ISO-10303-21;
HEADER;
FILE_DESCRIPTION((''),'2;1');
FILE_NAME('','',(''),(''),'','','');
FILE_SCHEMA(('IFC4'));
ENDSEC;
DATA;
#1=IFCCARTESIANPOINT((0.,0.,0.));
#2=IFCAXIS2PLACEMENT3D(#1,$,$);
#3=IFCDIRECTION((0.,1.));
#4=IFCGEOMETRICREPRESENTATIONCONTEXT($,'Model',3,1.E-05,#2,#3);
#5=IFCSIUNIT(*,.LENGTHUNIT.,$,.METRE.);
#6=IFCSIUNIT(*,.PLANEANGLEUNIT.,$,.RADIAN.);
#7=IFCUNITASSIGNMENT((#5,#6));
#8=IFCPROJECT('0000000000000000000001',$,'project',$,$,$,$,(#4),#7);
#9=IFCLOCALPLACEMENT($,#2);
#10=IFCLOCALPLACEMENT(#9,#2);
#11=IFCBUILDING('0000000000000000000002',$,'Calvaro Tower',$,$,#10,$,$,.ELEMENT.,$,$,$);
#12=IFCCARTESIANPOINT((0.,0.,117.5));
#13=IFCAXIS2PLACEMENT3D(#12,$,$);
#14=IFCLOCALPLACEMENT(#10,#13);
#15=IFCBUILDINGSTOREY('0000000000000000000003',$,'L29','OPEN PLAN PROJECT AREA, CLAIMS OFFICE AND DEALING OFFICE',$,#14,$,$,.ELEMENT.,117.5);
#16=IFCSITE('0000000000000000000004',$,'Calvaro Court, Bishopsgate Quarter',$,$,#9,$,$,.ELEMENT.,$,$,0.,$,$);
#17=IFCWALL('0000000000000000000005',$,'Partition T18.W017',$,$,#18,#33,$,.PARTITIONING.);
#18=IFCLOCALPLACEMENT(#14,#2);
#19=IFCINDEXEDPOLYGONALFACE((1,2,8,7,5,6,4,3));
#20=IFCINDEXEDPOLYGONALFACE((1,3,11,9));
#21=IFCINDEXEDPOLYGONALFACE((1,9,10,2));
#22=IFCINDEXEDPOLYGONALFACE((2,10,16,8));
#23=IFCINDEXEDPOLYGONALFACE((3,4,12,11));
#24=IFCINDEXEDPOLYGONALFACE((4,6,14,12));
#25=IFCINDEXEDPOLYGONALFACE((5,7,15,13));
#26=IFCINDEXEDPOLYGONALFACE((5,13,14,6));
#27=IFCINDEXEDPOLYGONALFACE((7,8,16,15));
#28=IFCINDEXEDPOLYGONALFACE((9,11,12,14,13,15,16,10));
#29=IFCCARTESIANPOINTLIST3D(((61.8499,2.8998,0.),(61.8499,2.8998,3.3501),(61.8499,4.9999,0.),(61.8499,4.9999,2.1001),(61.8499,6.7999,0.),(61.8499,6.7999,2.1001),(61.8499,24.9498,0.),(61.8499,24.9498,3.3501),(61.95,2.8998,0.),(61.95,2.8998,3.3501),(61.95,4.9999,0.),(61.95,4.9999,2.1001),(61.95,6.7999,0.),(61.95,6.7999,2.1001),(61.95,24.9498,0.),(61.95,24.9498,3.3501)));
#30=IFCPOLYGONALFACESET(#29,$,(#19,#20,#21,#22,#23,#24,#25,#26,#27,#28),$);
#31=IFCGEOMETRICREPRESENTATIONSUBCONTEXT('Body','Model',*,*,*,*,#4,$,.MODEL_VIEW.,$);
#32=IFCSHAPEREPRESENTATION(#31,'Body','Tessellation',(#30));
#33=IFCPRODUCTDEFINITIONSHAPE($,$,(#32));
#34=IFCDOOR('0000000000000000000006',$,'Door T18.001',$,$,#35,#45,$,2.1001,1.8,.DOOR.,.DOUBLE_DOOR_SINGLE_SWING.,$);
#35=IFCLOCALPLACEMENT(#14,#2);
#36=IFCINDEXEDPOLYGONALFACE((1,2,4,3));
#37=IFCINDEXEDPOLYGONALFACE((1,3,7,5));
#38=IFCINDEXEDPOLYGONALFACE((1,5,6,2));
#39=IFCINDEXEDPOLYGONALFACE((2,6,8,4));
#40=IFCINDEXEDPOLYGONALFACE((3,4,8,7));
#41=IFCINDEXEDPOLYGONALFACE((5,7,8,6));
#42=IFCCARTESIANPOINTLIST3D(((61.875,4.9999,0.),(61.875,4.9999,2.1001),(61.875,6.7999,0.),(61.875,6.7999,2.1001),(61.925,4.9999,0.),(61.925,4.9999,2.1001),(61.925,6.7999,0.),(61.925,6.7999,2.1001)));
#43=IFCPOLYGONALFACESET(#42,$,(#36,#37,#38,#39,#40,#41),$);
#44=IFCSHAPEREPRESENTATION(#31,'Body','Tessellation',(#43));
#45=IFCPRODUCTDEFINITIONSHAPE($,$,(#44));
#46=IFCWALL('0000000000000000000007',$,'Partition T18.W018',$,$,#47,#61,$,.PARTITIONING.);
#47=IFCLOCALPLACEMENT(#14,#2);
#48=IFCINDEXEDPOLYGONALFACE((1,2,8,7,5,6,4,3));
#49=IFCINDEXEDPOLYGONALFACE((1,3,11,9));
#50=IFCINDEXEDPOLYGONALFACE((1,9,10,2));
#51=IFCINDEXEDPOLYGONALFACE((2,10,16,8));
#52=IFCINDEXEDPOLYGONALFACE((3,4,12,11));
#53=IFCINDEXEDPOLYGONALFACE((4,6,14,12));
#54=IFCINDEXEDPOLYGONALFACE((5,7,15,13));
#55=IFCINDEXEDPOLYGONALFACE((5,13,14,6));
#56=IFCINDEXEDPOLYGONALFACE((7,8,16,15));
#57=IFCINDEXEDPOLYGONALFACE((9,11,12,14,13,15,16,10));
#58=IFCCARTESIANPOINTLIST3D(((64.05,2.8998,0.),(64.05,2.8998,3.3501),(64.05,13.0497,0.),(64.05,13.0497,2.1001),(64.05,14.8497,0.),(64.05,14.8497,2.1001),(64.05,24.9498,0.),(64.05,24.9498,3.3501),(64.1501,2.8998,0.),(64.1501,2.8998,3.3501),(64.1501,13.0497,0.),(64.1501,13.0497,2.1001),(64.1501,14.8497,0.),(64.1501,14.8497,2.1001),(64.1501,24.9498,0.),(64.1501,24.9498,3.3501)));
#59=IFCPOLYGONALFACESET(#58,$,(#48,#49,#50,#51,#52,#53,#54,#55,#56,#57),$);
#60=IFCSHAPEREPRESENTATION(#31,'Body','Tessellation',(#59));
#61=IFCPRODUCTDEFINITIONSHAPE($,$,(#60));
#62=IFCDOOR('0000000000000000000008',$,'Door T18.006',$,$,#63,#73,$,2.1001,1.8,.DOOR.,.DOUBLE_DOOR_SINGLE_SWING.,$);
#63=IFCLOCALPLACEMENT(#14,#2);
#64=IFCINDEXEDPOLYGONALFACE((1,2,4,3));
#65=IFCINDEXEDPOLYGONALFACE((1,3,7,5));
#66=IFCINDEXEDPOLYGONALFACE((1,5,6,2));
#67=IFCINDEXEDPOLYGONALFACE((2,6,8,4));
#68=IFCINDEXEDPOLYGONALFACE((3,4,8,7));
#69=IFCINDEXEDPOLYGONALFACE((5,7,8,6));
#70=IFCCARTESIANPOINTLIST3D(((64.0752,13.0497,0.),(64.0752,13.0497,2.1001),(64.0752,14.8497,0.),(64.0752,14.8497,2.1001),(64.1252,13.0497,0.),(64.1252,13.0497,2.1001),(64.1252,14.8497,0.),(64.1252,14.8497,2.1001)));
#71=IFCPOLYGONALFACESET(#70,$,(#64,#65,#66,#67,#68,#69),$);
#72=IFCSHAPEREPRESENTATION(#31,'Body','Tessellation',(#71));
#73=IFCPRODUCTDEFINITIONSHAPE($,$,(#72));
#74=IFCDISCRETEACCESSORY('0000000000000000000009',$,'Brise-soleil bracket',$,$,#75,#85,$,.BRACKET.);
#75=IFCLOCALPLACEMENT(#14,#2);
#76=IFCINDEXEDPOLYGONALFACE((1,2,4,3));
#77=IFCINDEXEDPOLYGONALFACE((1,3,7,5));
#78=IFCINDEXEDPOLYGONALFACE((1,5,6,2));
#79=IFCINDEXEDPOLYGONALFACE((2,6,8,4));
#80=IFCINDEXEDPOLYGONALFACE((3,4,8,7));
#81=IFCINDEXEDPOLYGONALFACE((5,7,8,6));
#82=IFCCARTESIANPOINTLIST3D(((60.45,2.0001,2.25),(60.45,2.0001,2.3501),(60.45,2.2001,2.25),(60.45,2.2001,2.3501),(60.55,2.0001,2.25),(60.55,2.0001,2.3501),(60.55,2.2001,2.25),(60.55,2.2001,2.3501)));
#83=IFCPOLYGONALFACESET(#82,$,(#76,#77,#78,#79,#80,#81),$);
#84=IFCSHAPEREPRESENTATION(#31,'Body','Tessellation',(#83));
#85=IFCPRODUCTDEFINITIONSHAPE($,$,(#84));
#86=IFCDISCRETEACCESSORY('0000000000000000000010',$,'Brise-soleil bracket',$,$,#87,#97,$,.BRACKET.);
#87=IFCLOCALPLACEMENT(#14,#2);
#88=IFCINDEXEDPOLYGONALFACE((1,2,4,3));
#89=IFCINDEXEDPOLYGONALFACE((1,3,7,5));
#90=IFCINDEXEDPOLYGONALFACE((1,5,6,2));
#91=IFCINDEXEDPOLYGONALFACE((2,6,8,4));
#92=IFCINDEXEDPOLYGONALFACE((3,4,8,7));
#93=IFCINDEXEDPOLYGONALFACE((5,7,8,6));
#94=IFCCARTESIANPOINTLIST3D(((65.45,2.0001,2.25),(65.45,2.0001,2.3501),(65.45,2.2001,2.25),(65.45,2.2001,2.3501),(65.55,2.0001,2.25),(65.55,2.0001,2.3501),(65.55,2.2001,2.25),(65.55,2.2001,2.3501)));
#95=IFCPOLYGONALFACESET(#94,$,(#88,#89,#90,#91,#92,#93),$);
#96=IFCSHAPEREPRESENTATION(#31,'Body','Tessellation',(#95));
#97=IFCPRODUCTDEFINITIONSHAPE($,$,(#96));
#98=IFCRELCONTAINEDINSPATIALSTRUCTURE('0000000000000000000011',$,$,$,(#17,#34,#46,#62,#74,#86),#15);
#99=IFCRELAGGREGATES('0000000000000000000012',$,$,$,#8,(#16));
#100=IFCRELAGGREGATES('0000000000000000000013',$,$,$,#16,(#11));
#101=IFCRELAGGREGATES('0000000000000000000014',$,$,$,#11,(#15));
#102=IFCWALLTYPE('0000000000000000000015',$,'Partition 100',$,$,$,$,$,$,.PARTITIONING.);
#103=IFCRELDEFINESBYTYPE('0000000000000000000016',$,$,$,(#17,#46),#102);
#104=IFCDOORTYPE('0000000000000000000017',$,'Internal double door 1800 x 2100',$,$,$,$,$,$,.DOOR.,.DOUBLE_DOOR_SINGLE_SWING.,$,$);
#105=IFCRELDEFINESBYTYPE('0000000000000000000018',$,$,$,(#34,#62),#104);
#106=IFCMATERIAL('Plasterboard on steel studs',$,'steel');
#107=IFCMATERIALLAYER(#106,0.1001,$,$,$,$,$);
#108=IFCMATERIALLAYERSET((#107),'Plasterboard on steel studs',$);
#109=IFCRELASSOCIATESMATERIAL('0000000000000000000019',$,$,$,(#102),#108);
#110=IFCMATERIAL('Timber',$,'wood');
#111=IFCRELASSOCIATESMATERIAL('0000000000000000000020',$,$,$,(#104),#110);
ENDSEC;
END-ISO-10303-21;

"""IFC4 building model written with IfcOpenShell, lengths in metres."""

from ifc_helpers import new_model, si_unit, direction, frame, frame_2d, origin, origin_2d, place, context, subcontext, project, spatial, rectangle, extrude, material, layer, layer_set, type_object, element, fill, save


model = new_model("IFC4")

# Units and contexts
model_context = context("Model", 3, precision=1e-05, world=origin(), true_north=direction((0.0, 1.0)))
body_context = subcontext(model_context, "Body", "Model", "MODEL_VIEW")
ifc_project = project(units=[si_unit("LENGTHUNIT", "METRE"), si_unit("PLANEANGLEUNIT", "RADIAN")], contexts=[model_context])

# Site, building, storey
site_placement = place(None, origin())
site = spatial("IfcSite", under=ifc_project, at=site_placement, Name="Calvaro Court, Bishopsgate Quarter", CompositionType="ELEMENT", RefElevation=0.0)
building_placement = place(site_placement, origin())
building = spatial("IfcBuilding", under=site, at=building_placement, Name="Calvaro Tower", CompositionType="ELEMENT")
storey_placement = place(building_placement, frame((0.0, 0.0, 117.5)))
storey = spatial("IfcBuildingStorey", under=building, at=storey_placement, Name="L29", Description="OPEN PLAN PROJECT AREA, CLAIMS OFFICE AND DEALING OFFICE", CompositionType="ELEMENT", Elevation=117.5)

# Walls, openings, doors
ifc_material_1 = material(Name="Plasterboard on steel studs", Category="steel")
ifc_layer_1 = layer(ifc_material_1, 0.1001)
ifc_layer_set_1 = layer_set([ifc_layer_1], Name="Plasterboard on steel studs")
wall_type_1 = type_object("IfcWallType", Name="Partition 100", PredefinedType="PARTITIONING", material=ifc_layer_set_1)
wall_1_placement = place(storey_placement, frame((61.8999, 2.8999, 0.0), z_axis=(0.0, 0.0, 1.0), x_axis=(0.0, 1.0, 0.0)))
wall_1 = element("IfcWall", 1, at=wall_1_placement, inside=storey, type_object=wall_type_1, Name="Partition T18.W017", PredefinedType="PARTITIONING", context=body_context, shape_type="SweptSolid", body=[
    extrude(rectangle(XDim=22.05, YDim=0.1001, at=frame_2d((11.0249, 0.0))), origin(), (0.0, 0.0, 1.0), 3.3501),
])
opening_1_placement = place(wall_1_placement, frame((2.1001, 0.0, 0.0)))
opening_1 = element("IfcOpeningElement", 2, at=opening_1_placement, cuts=wall_1, PredefinedType="OPENING", context=body_context, shape_type="SweptSolid", body=[
    extrude(rectangle(XDim=1.8, YDim=2.1001, at=frame_2d((0.8999, 1.05))), frame((0.0, 0.0601, 0.0), z_axis=(0.0, -1.0, 0.0), x_axis=(1.0, 0.0, 0.0)), (0.0, 0.0, 1.0), 0.1201),
])
ifc_material_2 = material(Name="Timber", Category="wood")
door_type = type_object("IfcDoorType", Name="Internal double door 1800 x 2100", OperationType="DOUBLE_DOOR_SINGLE_SWING", PredefinedType="DOOR", material=ifc_material_2)
door_1_placement = place(opening_1_placement, origin())
door_1 = element("IfcDoor", 3, at=door_1_placement, inside=storey, type_object=door_type, Name="Door T18.001", OperationType="DOUBLE_DOOR_SINGLE_SWING", OverallHeight=2.1001, OverallWidth=1.8, PredefinedType="DOOR", context=body_context, shape_type="SweptSolid", body=[
    extrude(rectangle(XDim=1.8, YDim=2.1001, at=frame_2d((0.8999, 1.05))), frame((0.0, 0.0249, 0.0), z_axis=(0.0, -1.0, 0.0), x_axis=(1.0, 0.0, 0.0)), (0.0, 0.0, 1.0), 0.05),
])
fill(opening_1, door_1)
wall_2_placement = place(storey_placement, frame((64.1001, 2.8999, 0.0), z_axis=(0.0, 0.0, 1.0), x_axis=(0.0, 1.0, 0.0)))
wall_2 = element("IfcWall", 4, at=wall_2_placement, inside=storey, type_object=wall_type_1, Name="Partition T18.W018", PredefinedType="PARTITIONING", context=body_context, shape_type="SweptSolid", body=[
    extrude(rectangle(XDim=22.05, YDim=0.1001, at=frame_2d((11.0249, 0.0))), origin(), (0.0, 0.0, 1.0), 3.3501),
])
opening_2_placement = place(wall_2_placement, frame((10.1499, 0.0, 0.0)))
opening_2 = element("IfcOpeningElement", 5, at=opening_2_placement, cuts=wall_2, PredefinedType="OPENING", context=body_context, shape_type="SweptSolid", body=[
    extrude(rectangle(XDim=1.8, YDim=2.1001, at=frame_2d((0.8999, 1.05))), frame((0.0, 0.0601, 0.0), z_axis=(0.0, -1.0, 0.0), x_axis=(1.0, 0.0, 0.0)), (0.0, 0.0, 1.0), 0.1201),
])
door_2_placement = place(opening_2_placement, origin())
door_2 = element("IfcDoor", 6, at=door_2_placement, inside=storey, type_object=door_type, Name="Door T18.006", OperationType="DOUBLE_DOOR_SINGLE_SWING", OverallHeight=2.1001, OverallWidth=1.8, PredefinedType="DOOR", context=body_context, shape_type="SweptSolid", body=[
    extrude(rectangle(XDim=1.8, YDim=2.1001, at=frame_2d((0.8999, 1.05))), frame((0.0, 0.0249, 0.0), z_axis=(0.0, -1.0, 0.0), x_axis=(1.0, 0.0, 0.0)), (0.0, 0.0, 1.0), 0.05),
])
fill(opening_2, door_2)

# Discrete accessories
for number, where, z_axis, x_axis, name in (
    (7, (60.5, 2.1001, 2.25), (0.0, 0.0, 1.0), (1.0, 0.0, 0.0), "Brise-soleil bracket"),
    (8, (65.5, 2.1001, 2.25), (0.0, 0.0, 1.0), (1.0, 0.0, 0.0), "Brise-soleil bracket"),
):
    element("IfcDiscreteAccessory", number, at=place(storey_placement, frame(where, z_axis=z_axis, x_axis=x_axis)), inside=storey, Name=name, PredefinedType="BRACKET", context=body_context, shape_type="SweptSolid", body=[
        extrude(rectangle(XDim=0.1001, YDim=0.2, at=origin_2d()), origin(), (0.0, 0.0, 1.0), 0.1001),
    ])

save(model, "model.ifc")
